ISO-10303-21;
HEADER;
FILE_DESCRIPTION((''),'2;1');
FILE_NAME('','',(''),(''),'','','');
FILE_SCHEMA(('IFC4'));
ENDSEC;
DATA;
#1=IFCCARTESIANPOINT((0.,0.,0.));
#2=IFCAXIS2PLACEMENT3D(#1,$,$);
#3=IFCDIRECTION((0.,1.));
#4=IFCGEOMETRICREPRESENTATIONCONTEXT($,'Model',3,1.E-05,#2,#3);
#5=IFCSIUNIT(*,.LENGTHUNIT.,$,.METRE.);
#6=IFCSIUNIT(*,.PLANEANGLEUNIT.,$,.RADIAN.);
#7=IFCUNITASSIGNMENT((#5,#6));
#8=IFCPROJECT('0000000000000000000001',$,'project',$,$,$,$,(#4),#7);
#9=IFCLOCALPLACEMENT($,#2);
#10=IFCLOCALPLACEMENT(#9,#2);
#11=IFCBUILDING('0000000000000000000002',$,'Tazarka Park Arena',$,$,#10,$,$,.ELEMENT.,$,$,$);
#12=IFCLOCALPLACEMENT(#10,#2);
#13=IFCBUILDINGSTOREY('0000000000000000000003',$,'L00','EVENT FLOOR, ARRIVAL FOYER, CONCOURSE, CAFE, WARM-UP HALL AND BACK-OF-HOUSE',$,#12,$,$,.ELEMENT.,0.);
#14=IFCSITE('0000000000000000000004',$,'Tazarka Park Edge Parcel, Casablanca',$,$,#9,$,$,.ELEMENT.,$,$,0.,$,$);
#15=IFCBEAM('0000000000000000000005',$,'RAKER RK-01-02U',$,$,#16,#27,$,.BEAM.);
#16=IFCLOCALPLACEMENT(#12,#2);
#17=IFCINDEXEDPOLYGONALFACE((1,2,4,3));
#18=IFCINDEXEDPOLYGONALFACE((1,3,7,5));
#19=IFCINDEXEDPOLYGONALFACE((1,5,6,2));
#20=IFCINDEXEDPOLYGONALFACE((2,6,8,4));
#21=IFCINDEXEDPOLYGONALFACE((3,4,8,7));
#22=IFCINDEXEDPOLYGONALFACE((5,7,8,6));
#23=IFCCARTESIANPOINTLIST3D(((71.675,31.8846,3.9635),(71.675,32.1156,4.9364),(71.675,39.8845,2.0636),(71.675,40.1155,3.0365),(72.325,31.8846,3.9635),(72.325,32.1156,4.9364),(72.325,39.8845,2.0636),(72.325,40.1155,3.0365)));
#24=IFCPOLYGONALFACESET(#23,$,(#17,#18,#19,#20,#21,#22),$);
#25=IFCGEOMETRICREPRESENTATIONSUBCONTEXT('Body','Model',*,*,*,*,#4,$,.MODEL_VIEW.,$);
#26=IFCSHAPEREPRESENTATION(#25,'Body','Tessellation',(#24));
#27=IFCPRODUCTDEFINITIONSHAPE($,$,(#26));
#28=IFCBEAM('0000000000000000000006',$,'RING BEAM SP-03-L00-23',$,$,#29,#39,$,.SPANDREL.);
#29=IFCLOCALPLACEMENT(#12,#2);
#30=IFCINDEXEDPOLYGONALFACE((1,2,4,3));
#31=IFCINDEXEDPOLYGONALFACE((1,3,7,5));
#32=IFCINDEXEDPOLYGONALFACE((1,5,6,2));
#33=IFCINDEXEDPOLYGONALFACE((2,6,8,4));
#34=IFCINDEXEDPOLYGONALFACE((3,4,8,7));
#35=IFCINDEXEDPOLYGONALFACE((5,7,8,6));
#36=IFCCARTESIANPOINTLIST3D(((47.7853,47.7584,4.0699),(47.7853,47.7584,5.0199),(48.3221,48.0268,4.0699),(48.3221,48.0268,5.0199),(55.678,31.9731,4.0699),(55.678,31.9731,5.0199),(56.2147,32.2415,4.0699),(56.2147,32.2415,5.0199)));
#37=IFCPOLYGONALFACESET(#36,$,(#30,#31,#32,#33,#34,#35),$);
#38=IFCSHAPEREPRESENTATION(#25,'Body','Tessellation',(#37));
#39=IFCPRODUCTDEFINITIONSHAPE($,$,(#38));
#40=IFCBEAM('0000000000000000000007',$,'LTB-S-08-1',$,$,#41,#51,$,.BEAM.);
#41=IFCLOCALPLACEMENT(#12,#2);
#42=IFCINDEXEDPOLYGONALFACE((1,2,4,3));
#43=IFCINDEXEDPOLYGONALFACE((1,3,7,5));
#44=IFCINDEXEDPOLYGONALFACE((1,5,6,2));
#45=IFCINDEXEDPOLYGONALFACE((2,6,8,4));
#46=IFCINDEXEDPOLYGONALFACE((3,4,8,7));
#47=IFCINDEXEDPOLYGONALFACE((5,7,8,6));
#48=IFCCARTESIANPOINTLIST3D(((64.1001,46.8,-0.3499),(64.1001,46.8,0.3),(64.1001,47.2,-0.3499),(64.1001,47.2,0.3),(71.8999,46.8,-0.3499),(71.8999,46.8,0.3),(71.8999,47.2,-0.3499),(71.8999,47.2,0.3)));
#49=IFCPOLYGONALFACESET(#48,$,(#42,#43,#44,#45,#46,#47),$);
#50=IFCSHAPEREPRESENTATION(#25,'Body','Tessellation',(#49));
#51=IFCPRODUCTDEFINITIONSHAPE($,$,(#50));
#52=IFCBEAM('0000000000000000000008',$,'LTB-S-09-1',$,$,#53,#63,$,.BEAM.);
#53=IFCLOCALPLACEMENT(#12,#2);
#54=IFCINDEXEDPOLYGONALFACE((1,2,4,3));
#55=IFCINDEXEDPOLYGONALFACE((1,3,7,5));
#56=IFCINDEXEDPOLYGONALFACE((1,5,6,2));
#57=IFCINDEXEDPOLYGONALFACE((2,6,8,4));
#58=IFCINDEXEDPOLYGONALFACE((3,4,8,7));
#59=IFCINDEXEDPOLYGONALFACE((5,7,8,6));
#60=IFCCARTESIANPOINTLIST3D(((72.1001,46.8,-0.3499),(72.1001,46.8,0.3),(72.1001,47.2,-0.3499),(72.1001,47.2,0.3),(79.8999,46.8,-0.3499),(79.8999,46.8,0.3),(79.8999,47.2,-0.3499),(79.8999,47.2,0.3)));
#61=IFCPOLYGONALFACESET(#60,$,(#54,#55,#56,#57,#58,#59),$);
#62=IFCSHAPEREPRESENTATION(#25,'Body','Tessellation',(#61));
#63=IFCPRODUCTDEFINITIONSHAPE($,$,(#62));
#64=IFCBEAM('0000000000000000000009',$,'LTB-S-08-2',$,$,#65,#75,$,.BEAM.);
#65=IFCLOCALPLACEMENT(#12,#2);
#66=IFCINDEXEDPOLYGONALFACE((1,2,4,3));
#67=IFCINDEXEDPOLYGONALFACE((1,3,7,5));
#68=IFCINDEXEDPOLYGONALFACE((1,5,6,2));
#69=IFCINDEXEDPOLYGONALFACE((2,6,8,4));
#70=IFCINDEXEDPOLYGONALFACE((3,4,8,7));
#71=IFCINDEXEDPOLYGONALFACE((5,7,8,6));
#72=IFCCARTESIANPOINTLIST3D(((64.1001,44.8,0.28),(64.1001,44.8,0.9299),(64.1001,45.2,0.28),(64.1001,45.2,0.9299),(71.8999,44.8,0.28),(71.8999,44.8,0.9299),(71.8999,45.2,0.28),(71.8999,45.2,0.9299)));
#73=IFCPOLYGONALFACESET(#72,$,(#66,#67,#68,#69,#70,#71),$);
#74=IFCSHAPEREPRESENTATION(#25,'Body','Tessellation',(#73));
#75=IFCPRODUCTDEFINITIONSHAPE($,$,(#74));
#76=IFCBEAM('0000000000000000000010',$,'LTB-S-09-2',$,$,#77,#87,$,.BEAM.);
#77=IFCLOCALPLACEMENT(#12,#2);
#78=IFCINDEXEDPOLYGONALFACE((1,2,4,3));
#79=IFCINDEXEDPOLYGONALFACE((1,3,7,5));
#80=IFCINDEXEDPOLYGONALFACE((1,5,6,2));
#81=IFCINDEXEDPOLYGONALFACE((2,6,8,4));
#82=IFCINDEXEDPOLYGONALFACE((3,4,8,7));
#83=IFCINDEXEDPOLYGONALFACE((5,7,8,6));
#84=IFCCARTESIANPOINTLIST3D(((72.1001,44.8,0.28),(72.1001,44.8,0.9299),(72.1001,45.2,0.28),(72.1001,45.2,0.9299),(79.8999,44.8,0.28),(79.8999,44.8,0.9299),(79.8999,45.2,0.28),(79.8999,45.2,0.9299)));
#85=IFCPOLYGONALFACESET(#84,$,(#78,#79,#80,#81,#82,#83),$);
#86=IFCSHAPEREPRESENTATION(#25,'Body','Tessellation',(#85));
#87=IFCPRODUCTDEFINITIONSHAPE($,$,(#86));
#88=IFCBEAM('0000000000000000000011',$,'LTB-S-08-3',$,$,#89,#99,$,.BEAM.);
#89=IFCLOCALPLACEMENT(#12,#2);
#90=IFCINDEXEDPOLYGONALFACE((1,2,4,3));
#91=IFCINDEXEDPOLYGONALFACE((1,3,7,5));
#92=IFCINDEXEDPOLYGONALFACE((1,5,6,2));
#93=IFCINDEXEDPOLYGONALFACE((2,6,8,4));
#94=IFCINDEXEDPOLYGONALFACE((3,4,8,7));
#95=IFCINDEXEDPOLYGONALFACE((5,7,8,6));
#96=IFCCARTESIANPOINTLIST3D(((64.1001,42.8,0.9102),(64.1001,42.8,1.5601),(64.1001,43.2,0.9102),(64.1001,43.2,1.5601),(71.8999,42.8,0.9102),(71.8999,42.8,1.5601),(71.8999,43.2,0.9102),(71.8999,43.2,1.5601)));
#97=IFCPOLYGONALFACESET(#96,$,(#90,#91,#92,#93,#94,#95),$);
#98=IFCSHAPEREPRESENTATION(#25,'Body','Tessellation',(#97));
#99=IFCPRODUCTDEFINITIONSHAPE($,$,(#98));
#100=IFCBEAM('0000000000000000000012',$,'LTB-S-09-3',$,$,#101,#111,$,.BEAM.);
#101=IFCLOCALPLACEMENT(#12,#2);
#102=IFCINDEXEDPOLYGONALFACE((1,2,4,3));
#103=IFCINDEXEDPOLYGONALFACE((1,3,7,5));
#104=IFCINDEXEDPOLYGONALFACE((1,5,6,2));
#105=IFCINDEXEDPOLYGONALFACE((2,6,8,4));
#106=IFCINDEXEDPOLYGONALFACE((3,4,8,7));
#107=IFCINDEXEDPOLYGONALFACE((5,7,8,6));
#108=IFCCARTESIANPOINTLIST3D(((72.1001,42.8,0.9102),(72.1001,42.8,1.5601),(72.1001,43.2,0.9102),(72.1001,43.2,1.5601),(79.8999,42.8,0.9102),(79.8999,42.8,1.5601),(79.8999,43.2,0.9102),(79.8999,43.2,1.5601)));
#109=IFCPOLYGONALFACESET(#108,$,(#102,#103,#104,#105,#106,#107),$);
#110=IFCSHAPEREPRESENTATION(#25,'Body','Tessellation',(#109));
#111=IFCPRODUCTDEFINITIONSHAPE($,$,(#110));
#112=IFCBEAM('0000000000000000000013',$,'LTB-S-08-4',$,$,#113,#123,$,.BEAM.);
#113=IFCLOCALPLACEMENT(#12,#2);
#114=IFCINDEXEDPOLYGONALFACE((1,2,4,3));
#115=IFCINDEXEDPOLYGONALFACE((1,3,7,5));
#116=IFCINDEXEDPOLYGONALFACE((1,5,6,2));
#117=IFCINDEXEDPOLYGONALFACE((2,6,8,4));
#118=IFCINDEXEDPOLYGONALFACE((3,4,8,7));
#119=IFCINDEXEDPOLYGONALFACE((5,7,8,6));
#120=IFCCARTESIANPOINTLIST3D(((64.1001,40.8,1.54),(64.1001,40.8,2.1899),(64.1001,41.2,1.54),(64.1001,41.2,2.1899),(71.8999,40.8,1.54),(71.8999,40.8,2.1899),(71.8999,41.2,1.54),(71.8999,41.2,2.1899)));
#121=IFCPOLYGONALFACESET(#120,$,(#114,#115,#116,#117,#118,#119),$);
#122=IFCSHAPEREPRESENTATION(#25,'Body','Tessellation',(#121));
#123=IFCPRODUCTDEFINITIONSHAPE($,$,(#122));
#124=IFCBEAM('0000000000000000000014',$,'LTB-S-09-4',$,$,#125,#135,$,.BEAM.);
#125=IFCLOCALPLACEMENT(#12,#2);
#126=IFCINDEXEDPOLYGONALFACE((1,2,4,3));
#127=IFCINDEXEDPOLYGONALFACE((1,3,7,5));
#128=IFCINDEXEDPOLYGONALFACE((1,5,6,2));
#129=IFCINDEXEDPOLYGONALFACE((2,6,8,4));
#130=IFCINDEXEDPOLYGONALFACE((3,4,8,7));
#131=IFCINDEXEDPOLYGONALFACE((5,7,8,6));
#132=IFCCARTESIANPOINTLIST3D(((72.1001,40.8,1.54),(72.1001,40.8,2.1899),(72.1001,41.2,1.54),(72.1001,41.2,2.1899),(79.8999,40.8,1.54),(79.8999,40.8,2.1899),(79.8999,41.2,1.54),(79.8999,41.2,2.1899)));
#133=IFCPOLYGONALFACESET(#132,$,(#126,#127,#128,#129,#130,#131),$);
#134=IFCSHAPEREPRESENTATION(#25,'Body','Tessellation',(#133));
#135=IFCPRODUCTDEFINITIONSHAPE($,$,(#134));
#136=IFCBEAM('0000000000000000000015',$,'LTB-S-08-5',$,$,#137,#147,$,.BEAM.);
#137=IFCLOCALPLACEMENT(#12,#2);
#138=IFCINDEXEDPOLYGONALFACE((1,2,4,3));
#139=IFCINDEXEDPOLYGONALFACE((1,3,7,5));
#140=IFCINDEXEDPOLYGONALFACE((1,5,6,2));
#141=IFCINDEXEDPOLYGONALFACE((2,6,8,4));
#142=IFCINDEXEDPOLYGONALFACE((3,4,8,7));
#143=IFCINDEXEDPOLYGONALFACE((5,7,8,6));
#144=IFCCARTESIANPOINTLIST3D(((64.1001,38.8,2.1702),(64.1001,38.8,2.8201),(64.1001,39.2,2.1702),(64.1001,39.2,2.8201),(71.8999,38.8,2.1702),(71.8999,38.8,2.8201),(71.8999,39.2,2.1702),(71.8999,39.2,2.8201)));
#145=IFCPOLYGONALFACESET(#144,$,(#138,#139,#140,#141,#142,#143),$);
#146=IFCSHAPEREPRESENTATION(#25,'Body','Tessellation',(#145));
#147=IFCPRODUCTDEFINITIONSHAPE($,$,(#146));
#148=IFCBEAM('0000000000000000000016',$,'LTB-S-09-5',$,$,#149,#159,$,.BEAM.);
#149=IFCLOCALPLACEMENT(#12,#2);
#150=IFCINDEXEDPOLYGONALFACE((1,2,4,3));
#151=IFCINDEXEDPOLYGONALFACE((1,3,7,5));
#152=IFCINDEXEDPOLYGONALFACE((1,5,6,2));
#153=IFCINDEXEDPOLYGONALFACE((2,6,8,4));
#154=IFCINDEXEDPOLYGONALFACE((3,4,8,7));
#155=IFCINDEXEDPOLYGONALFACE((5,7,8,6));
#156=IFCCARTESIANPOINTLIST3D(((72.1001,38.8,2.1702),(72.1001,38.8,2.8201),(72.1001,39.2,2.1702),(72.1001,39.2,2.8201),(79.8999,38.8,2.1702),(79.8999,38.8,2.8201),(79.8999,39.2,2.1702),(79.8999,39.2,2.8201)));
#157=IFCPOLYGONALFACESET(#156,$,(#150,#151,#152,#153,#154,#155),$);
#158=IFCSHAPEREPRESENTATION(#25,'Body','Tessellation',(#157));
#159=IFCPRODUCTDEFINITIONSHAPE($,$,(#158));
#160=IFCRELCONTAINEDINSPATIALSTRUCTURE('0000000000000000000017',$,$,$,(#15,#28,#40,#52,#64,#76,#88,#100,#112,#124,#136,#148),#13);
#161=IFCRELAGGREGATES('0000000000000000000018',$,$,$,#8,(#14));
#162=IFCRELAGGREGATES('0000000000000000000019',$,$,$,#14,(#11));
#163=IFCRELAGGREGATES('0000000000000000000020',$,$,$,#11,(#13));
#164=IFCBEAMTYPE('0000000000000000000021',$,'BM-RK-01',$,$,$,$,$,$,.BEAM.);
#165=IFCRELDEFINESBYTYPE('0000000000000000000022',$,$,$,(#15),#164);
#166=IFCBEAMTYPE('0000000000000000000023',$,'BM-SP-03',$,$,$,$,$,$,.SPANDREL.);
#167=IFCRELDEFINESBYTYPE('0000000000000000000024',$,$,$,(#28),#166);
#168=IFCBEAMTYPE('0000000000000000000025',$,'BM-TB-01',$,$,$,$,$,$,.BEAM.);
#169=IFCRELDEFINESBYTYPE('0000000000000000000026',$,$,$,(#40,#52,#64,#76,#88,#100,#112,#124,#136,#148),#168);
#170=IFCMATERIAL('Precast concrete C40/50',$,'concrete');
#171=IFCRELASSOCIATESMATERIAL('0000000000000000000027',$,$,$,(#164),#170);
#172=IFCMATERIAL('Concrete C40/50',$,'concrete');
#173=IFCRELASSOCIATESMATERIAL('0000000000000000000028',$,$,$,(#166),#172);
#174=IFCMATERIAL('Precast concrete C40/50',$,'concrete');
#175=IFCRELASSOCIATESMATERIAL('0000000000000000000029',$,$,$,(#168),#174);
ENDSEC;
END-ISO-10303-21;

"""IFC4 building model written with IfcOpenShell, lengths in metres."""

from ifc_helpers import new_model, si_unit, direction, frame, origin, origin_2d, place, context, subcontext, project, spatial, rectangle, extrude, material, material_profile, profile_set, type_object, element, save


model = new_model("IFC4")

# Units and contexts
model_context = context("Model", 3, precision=1e-05, world=origin(), true_north=direction((0.0, 1.0)))
body_context = subcontext(model_context, "Body", "Model", "MODEL_VIEW")
ifc_project = project(units=[si_unit("LENGTHUNIT", "METRE"), si_unit("PLANEANGLEUNIT", "RADIAN")], contexts=[model_context])

# Site, building, storey
site_placement = place(None, origin())
site = spatial("IfcSite", under=ifc_project, at=site_placement, Name="Tazarka Park Edge Parcel, Casablanca", CompositionType="ELEMENT", RefElevation=0.0)
building_placement = place(site_placement, origin())
building = spatial("IfcBuilding", under=site, at=building_placement, Name="Tazarka Park Arena", CompositionType="ELEMENT")
storey_placement = place(building_placement, origin())
storey = spatial("IfcBuildingStorey", under=building, at=storey_placement, Name="L00", Description="EVENT FLOOR, ARRIVAL FOYER, CONCOURSE, CAFE, WARM-UP HALL AND BACK-OF-HOUSE", CompositionType="ELEMENT", Elevation=0.0)

# Beams
ifc_material_1 = material(Name="Precast concrete C40/50", Category="concrete")
ifc_material_profile_1 = material_profile(ifc_material_1, rectangle(XDim=0.6499, YDim=1.0, at=origin_2d()), Name="Precast concrete C40/50")
ifc_profile_set_1 = profile_set([ifc_material_profile_1], Name="Precast concrete C40/50")
beam_type_1 = type_object("IfcBeamType", Name="BM-RK-01", PredefinedType="BEAM", material=ifc_profile_set_1)
beam_1_placement = place(storey_placement, frame((72.0, 40.0, 2.55), z_axis=(0.0, -0.972939, 0.231061), x_axis=(1.0, 0.0, 0.0)))
element("IfcBeam", 1, at=beam_1_placement, inside=storey, type_object=beam_type_1, Name="RAKER RK-01-02U", PredefinedType="BEAM", context=body_context, shape_type="SweptSolid", body=[
    extrude(rectangle(XDim=0.6499, YDim=1.0, at=origin_2d()), origin(), (0.0, 0.0, 1.0), 8.2224),
])
ifc_material_2 = material(Name="Concrete C40/50", Category="concrete")
ifc_material_profile_2 = material_profile(ifc_material_2, rectangle(XDim=0.6001, YDim=0.95, at=origin_2d()), Name="Concrete C40/50")
ifc_profile_set_2 = profile_set([ifc_material_profile_2], Name="Concrete C40/50")
beam_type_2 = type_object("IfcBeamType", Name="BM-SP-03", PredefinedType="SPANDREL", material=ifc_profile_set_2)
beam_2_placement = place(storey_placement, frame((48.0537, 47.8926, 4.5449), z_axis=(0.447214, -0.894427, 0.0), x_axis=(0.894427, 0.447214, 0.0)))
element("IfcBeam", 2, at=beam_2_placement, inside=storey, type_object=beam_type_2, Name="RING BEAM SP-03-L00-23", PredefinedType="SPANDREL", context=body_context, shape_type="SweptSolid", body=[
    extrude(rectangle(XDim=0.6001, YDim=0.95, at=origin_2d()), origin(), (0.0, 0.0, 1.0), 17.6484),
])
ifc_material_3 = material(Name="Precast concrete C40/50", Category="concrete")
ifc_material_profile_3 = material_profile(ifc_material_3, rectangle(XDim=0.3999, YDim=0.6499, at=origin_2d()), Name="Precast concrete C40/50")
ifc_profile_set_3 = profile_set([ifc_material_profile_3], Name="Precast concrete C40/50")
beam_type_3 = type_object("IfcBeamType", Name="BM-TB-01", PredefinedType="BEAM", material=ifc_profile_set_3)
for number, where, z_axis, x_axis, name in (
    (3, (64.1001, 47.0, -0.0249), (1.0, 0.0, 0.0), (0.0, 1.0, 0.0), "LTB-S-08-1"),
    (4, (72.1001, 47.0, -0.0249), (1.0, 0.0, 0.0), (0.0, 1.0, 0.0), "LTB-S-09-1"),
    (5, (64.1001, 45.0, 0.605), (1.0, 0.0, 0.0), (0.0, 1.0, 0.0), "LTB-S-08-2"),
    (6, (72.1001, 45.0, 0.605), (1.0, 0.0, 0.0), (0.0, 1.0, 0.0), "LTB-S-09-2"),
    (7, (64.1001, 43.0, 1.2351), (1.0, 0.0, 0.0), (0.0, 1.0, 0.0), "LTB-S-08-3"),
    (8, (72.1001, 43.0, 1.2351), (1.0, 0.0, 0.0), (0.0, 1.0, 0.0), "LTB-S-09-3"),
    (9, (64.1001, 41.0, 1.865), (1.0, 0.0, 0.0), (0.0, 1.0, 0.0), "LTB-S-08-4"),
    (10, (72.1001, 41.0, 1.865), (1.0, 0.0, 0.0), (0.0, 1.0, 0.0), "LTB-S-09-4"),
    (11, (64.1001, 39.0, 2.4951), (1.0, 0.0, 0.0), (0.0, 1.0, 0.0), "LTB-S-08-5"),
    (12, (72.1001, 39.0, 2.4951), (1.0, 0.0, 0.0), (0.0, 1.0, 0.0), "LTB-S-09-5"),
):
    element("IfcBeam", number, at=place(storey_placement, frame(where, z_axis=z_axis, x_axis=x_axis)), inside=storey, type_object=beam_type_3, Name=name, PredefinedType="BEAM", context=body_context, shape_type="SweptSolid", body=[
        extrude(rectangle(XDim=0.3999, YDim=0.6499, at=origin_2d()), origin(), (0.0, 0.0, 1.0), 7.7998),
    ])

save(model, "model.ifc")
